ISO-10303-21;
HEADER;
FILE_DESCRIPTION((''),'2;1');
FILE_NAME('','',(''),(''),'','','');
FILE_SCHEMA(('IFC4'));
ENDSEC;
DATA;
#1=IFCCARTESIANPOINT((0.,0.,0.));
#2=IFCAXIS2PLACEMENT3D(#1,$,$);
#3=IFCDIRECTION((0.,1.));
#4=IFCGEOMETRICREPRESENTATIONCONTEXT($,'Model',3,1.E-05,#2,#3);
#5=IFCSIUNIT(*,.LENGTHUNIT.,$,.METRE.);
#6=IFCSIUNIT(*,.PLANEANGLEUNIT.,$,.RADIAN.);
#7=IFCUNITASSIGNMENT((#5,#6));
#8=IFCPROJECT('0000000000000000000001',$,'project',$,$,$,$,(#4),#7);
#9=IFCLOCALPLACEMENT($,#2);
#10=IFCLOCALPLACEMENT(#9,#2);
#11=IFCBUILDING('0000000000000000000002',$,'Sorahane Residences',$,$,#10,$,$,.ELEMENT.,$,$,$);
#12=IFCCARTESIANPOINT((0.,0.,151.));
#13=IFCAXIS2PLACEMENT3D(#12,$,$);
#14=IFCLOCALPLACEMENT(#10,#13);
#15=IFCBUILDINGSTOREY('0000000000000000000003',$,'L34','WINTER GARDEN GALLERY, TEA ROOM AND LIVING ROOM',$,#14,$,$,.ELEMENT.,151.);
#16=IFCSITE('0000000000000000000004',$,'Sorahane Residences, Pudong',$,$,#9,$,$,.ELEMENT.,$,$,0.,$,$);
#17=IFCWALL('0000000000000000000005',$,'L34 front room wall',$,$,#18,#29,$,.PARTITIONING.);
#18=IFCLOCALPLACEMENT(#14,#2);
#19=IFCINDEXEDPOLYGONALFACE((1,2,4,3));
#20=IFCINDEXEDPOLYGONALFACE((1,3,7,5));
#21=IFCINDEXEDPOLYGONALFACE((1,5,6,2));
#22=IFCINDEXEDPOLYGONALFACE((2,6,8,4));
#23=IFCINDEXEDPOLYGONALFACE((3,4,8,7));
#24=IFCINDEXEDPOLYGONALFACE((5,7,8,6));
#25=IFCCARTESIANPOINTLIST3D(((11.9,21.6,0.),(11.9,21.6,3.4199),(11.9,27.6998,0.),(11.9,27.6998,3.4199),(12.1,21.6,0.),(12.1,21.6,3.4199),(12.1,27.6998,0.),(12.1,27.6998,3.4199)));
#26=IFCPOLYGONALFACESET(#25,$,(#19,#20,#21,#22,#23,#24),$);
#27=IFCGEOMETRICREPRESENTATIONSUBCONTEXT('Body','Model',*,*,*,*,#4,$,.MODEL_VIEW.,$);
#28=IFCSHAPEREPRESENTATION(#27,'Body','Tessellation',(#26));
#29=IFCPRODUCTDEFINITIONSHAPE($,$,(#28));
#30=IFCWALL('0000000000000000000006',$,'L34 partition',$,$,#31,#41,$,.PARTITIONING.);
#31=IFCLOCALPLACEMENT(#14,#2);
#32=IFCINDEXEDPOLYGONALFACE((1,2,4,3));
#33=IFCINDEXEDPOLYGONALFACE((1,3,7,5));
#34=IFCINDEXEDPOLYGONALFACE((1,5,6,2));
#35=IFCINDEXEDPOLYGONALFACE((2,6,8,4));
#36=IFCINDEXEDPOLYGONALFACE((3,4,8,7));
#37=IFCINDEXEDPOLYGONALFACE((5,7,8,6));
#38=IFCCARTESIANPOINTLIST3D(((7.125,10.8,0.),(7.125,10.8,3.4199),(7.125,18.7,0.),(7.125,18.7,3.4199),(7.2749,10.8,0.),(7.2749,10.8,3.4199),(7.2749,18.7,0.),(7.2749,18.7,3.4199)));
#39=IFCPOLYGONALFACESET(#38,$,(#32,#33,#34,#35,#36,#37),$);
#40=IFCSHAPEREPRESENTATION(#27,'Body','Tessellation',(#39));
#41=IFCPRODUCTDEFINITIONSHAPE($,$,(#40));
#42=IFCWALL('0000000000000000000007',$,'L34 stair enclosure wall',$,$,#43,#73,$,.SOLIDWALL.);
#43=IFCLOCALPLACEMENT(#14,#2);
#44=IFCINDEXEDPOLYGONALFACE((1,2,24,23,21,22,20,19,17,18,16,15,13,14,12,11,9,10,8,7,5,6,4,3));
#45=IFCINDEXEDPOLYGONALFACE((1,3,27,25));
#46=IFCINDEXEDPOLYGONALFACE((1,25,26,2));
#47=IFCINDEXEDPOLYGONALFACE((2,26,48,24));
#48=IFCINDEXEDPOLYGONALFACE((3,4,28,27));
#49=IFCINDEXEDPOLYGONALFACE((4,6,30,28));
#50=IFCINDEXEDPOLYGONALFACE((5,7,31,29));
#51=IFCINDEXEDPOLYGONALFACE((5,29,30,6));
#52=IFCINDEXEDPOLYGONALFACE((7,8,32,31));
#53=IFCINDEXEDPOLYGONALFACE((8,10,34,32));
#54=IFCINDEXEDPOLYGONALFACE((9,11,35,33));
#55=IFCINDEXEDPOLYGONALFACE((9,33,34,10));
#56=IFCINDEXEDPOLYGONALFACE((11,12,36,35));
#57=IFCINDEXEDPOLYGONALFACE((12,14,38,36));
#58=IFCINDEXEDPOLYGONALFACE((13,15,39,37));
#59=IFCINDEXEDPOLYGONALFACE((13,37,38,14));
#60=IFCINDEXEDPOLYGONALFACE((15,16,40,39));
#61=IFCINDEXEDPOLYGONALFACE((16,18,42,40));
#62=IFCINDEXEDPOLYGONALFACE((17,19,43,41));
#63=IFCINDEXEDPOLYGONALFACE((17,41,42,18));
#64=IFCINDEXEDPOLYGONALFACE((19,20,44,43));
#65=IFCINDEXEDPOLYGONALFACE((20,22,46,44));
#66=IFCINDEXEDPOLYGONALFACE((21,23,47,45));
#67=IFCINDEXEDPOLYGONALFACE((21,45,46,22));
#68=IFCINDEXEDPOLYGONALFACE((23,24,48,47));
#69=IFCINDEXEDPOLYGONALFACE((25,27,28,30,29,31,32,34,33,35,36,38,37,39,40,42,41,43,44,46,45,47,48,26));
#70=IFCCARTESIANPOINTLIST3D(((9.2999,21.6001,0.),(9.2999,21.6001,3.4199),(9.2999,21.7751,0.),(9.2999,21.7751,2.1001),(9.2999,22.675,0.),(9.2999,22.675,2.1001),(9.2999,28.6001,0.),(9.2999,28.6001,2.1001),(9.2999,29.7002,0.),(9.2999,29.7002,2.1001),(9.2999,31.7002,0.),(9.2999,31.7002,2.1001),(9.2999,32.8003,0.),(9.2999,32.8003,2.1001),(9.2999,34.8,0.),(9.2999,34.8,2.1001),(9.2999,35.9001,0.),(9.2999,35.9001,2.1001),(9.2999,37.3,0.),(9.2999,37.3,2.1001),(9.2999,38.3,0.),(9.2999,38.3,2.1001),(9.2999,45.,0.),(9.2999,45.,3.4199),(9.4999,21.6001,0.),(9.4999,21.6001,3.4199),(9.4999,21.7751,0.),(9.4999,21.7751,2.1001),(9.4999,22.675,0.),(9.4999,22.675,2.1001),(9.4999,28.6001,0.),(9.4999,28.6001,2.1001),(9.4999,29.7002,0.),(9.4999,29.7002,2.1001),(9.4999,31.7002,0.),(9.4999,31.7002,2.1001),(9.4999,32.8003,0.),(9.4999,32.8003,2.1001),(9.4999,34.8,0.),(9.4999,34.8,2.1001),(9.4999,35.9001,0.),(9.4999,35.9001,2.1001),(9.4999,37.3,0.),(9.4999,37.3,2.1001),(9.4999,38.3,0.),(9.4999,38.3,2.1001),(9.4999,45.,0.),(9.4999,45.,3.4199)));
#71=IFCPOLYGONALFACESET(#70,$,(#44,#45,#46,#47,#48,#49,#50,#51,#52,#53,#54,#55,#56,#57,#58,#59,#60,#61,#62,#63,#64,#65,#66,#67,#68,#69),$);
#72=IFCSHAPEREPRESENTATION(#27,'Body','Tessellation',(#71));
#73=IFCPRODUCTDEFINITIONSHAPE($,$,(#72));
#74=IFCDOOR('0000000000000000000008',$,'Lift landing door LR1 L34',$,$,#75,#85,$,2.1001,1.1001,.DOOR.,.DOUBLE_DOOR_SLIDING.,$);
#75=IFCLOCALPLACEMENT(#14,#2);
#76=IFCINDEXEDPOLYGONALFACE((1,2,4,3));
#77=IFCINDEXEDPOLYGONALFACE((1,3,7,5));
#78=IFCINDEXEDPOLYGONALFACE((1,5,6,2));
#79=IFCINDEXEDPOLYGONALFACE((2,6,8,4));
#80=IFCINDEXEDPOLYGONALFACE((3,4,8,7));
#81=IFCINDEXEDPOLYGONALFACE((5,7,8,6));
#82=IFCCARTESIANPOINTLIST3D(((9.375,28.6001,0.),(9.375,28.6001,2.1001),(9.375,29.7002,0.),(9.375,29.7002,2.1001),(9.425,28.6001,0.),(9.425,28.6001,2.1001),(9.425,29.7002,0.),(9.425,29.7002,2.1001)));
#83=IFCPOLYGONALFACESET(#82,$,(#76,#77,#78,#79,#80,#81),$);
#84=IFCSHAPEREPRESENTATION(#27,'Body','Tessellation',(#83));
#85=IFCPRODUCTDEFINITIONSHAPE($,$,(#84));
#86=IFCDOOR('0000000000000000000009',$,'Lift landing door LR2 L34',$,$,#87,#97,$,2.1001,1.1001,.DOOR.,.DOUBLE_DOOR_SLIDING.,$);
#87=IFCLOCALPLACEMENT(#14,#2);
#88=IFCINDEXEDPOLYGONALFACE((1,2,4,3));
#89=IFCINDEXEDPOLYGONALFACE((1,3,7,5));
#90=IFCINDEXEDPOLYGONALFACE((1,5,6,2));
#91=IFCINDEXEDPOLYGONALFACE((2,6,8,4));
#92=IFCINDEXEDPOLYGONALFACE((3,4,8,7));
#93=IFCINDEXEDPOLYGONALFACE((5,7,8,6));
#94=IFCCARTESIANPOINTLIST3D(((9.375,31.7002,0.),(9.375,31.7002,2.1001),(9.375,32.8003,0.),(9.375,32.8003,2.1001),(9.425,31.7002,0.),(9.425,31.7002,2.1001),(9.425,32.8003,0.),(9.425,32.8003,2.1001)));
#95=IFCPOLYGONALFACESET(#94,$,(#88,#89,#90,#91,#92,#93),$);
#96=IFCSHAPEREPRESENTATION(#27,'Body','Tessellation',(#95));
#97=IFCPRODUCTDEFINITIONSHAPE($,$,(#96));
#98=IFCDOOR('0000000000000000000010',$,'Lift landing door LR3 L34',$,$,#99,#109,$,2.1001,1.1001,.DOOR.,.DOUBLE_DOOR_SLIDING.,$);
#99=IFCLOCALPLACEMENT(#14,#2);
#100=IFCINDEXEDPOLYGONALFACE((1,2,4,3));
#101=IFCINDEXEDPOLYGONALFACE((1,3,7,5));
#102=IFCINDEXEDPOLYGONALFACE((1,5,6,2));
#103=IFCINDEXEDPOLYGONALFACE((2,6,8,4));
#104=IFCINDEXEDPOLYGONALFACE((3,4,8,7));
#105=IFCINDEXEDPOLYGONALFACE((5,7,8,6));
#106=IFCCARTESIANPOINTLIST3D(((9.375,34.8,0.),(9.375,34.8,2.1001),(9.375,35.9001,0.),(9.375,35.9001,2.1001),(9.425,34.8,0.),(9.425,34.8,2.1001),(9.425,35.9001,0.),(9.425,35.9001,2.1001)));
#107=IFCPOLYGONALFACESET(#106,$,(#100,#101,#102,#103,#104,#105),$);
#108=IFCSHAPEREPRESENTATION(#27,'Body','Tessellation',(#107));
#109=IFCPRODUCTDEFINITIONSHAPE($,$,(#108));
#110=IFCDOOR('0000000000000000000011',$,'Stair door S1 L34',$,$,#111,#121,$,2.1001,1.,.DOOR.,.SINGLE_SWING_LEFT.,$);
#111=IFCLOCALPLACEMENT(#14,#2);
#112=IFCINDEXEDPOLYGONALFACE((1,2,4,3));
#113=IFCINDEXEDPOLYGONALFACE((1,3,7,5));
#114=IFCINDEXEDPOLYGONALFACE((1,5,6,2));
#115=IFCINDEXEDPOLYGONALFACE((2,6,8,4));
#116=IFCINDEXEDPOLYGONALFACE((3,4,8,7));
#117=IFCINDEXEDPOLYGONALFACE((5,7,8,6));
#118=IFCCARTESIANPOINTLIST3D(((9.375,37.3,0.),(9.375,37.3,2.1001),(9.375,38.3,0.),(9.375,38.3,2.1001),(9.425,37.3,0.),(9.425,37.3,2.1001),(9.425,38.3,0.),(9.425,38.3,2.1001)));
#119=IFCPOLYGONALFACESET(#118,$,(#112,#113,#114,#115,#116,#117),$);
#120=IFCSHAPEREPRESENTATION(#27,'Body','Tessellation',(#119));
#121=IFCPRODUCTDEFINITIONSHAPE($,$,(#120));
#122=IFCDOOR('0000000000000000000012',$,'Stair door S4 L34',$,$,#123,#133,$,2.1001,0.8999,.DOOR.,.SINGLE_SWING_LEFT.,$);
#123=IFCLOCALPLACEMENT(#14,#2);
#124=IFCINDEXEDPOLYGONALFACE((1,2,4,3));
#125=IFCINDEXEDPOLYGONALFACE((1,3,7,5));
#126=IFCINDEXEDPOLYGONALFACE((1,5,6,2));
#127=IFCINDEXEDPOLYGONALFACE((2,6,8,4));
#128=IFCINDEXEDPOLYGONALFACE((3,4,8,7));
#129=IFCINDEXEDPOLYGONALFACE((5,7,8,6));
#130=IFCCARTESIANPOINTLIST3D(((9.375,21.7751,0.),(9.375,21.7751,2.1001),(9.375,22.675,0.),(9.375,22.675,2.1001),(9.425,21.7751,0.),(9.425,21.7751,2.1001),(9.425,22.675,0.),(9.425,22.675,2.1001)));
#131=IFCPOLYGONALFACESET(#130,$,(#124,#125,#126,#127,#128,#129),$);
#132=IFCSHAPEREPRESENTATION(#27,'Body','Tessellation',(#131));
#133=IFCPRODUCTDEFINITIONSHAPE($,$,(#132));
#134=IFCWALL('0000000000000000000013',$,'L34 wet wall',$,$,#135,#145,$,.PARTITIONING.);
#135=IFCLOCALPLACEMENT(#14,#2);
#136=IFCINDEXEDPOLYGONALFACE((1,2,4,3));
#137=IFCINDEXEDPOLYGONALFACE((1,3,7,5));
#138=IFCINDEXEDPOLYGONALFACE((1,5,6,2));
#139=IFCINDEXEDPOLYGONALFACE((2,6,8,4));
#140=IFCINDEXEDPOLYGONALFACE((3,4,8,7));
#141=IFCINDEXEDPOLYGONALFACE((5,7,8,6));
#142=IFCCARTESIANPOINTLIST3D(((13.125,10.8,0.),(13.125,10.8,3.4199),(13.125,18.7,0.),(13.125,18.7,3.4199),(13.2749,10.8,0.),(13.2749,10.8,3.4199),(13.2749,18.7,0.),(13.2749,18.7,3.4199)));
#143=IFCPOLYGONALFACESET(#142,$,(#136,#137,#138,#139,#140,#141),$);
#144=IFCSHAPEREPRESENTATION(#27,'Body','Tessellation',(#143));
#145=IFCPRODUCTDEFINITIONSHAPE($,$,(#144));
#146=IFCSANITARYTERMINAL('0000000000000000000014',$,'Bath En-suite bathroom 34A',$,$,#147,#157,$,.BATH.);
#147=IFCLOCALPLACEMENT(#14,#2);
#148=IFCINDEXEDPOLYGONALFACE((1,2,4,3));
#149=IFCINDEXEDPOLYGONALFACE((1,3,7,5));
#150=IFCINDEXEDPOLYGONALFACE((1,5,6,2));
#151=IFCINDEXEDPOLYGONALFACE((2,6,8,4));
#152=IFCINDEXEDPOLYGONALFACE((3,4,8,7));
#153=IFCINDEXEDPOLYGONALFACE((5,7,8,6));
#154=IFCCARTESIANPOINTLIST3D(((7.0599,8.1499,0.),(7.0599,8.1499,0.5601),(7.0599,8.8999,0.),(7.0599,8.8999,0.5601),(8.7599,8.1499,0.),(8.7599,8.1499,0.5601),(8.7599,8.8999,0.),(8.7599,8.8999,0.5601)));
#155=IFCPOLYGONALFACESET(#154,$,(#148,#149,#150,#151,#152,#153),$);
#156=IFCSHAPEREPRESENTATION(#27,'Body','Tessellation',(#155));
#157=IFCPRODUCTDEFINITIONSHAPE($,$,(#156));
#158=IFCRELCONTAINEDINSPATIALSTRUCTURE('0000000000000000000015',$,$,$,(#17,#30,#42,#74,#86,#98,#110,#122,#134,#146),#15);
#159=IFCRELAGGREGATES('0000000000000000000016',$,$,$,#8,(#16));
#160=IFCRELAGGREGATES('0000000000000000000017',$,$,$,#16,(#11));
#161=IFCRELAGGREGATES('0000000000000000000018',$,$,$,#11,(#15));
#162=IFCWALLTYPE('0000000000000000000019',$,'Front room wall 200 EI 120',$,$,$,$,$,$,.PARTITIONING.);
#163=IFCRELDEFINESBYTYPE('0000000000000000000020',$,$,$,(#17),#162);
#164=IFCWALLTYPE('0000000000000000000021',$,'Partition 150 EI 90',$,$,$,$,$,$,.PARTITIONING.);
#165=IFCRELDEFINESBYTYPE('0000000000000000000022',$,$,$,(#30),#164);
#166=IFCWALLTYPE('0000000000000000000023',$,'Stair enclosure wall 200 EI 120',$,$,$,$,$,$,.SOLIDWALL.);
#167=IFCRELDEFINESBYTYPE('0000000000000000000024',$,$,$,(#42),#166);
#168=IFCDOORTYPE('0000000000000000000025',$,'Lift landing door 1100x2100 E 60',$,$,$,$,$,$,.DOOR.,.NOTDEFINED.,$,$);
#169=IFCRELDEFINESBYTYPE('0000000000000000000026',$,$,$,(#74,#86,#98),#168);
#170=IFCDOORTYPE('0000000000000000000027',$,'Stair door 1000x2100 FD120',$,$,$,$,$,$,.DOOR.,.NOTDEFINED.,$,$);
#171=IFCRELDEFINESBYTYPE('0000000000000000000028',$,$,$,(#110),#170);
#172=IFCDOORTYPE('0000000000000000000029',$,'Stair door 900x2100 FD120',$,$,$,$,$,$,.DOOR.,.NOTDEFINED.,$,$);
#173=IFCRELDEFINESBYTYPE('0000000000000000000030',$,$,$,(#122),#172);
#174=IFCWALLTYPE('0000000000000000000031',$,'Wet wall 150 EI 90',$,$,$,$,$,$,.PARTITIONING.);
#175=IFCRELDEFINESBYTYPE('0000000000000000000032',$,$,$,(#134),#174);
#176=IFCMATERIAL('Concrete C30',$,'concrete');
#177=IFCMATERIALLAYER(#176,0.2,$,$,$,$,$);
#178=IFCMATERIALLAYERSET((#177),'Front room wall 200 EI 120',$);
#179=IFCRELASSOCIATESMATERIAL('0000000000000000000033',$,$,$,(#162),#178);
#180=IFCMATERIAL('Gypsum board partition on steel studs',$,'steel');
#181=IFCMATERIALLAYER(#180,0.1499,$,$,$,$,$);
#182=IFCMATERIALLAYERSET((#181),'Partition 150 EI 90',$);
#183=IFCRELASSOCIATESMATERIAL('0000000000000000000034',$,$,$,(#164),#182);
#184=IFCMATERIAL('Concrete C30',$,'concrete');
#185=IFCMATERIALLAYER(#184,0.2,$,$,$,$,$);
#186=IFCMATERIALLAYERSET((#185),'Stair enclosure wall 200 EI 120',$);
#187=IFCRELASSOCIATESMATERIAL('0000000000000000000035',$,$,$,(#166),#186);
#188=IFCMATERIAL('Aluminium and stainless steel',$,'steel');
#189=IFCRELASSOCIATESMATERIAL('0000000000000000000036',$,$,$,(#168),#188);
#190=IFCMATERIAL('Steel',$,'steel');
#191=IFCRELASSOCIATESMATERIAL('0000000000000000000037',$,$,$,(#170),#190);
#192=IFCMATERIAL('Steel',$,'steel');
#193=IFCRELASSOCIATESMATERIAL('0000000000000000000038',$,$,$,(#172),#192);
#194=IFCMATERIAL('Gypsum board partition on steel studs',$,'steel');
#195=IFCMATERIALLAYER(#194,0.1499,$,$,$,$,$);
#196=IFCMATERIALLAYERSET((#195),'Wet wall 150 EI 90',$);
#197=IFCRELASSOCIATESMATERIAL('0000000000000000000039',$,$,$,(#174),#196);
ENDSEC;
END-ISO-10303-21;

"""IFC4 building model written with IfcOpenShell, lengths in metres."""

from ifc_helpers import new_model, si_unit, direction, frame, frame_2d, origin, origin_2d, place, context, subcontext, project, spatial, rectangle, extrude, material, layer, layer_set, type_object, element, fill, save


model = new_model("IFC4")

# Units and contexts
model_context = context("Model", 3, precision=1e-05, world=origin(), true_north=direction((0.0, 1.0)))
body_context = subcontext(model_context, "Body", "Model", "MODEL_VIEW")
ifc_project = project(units=[si_unit("LENGTHUNIT", "METRE"), si_unit("PLANEANGLEUNIT", "RADIAN")], contexts=[model_context])

# Site, building, storey
site_placement = place(None, origin())
site = spatial("IfcSite", under=ifc_project, at=site_placement, Name="Sorahane Residences, Pudong", CompositionType="ELEMENT", RefElevation=0.0)
building_placement = place(site_placement, origin())
building = spatial("IfcBuilding", under=site, at=building_placement, Name="Sorahane Residences", CompositionType="ELEMENT")
storey_placement = place(building_placement, frame((0.0, 0.0, 151.0)))
storey = spatial("IfcBuildingStorey", under=building, at=storey_placement, Name="L34", Description="WINTER GARDEN GALLERY, TEA ROOM AND LIVING ROOM", CompositionType="ELEMENT", Elevation=151.0)

# Walls
ifc_material_1 = material(Name="Concrete C30", Category="concrete")
ifc_layer_1 = layer(ifc_material_1, 0.2)
ifc_layer_set_1 = layer_set([ifc_layer_1], Name="Front room wall 200 EI 120")
wall_type_1 = type_object("IfcWallType", Name="Front room wall 200 EI 120", PredefinedType="PARTITIONING", material=ifc_layer_set_1)
wall_1_placement = place(storey_placement, frame((12.0, 21.6001, 0.0), z_axis=(0.0, 0.0, 1.0), x_axis=(0.0, 1.0, 0.0)))
element("IfcWall", 1, at=wall_1_placement, inside=storey, type_object=wall_type_1, Name="L34 front room wall", PredefinedType="PARTITIONING", context=body_context, shape_type="SweptSolid", body=[
    extrude(rectangle(XDim=6.0999, YDim=0.2, at=frame_2d((3.0498, 0.0))), origin(), (0.0, 0.0, 1.0), 3.4199),
])
ifc_material_2 = material(Name="Gypsum board partition on steel studs", Category="steel")
ifc_layer_2 = layer(ifc_material_2, 0.1499)
ifc_layer_set_2 = layer_set([ifc_layer_2], Name="Partition 150 EI 90")
wall_type_2 = type_object("IfcWallType", Name="Partition 150 EI 90", PredefinedType="PARTITIONING", material=ifc_layer_set_2)
wall_2_placement = place(storey_placement, frame((7.2, 10.8, 0.0), z_axis=(0.0, 0.0, 1.0), x_axis=(0.0, 1.0, 0.0)))
element("IfcWall", 2, at=wall_2_placement, inside=storey, type_object=wall_type_2, Name="L34 partition", PredefinedType="PARTITIONING", context=body_context, shape_type="SweptSolid", body=[
    extrude(rectangle(XDim=7.8999, YDim=0.1499, at=frame_2d((3.95, 0.0))), origin(), (0.0, 0.0, 1.0), 3.4199),
])

# Wall, openings, doors
ifc_material_3 = material(Name="Concrete C30", Category="concrete")
ifc_layer_3 = layer(ifc_material_3, 0.2)
ifc_layer_set_3 = layer_set([ifc_layer_3], Name="Stair enclosure wall 200 EI 120")
wall_type_3 = type_object("IfcWallType", Name="Stair enclosure wall 200 EI 120", PredefinedType="SOLIDWALL", material=ifc_layer_set_3)
wall_3_placement = place(storey_placement, frame((9.3999, 21.6001, 0.0), z_axis=(0.0, 0.0, 1.0), x_axis=(0.0, 1.0, 0.0)))
wall_3 = element("IfcWall", 3, at=wall_3_placement, inside=storey, type_object=wall_type_3, Name="L34 stair enclosure wall", PredefinedType="SOLIDWALL", context=body_context, shape_type="SweptSolid", body=[
    extrude(rectangle(XDim=23.3999, YDim=0.2, at=frame_2d((11.7, 0.0))), origin(), (0.0, 0.0, 1.0), 3.4199),
])
opening_1_placement = place(wall_3_placement, frame((7.0, 0.0, 0.0)))
opening_1 = element("IfcOpeningElement", 4, at=opening_1_placement, cuts=wall_3, PredefinedType="OPENING", context=body_context, shape_type="SweptSolid", body=[
    extrude(rectangle(XDim=1.1001, YDim=2.1001, at=frame_2d((0.55, 1.05))), frame((0.0, 0.1099, 0.0), z_axis=(0.0, -1.0, 0.0), x_axis=(1.0, 0.0, 0.0)), (0.0, 0.0, 1.0), 0.22),
])
opening_2_placement = place(wall_3_placement, frame((10.1001, 0.0, 0.0)))
opening_2 = element("IfcOpeningElement", 5, at=opening_2_placement, cuts=wall_3, PredefinedType="OPENING", context=body_context, shape_type="SweptSolid", body=[
    extrude(rectangle(XDim=1.1001, YDim=2.1001, at=frame_2d((0.55, 1.05))), frame((0.0, 0.1099, 0.0), z_axis=(0.0, -1.0, 0.0), x_axis=(1.0, 0.0, 0.0)), (0.0, 0.0, 1.0), 0.22),
])
opening_3_placement = place(wall_3_placement, frame((13.2, 0.0, 0.0)))
opening_3 = element("IfcOpeningElement", 6, at=opening_3_placement, cuts=wall_3, PredefinedType="OPENING", context=body_context, shape_type="SweptSolid", body=[
    extrude(rectangle(XDim=1.1001, YDim=2.1001, at=frame_2d((0.55, 1.05))), frame((0.0, 0.1099, 0.0), z_axis=(0.0, -1.0, 0.0), x_axis=(1.0, 0.0, 0.0)), (0.0, 0.0, 1.0), 0.22),
])
opening_4_placement = place(wall_3_placement, frame((15.7, 0.0, 0.0)))
opening_4 = element("IfcOpeningElement", 7, at=opening_4_placement, cuts=wall_3, PredefinedType="OPENING", context=body_context, shape_type="SweptSolid", body=[
    extrude(rectangle(XDim=1.0, YDim=2.1001, at=frame_2d((0.5, 1.05))), frame((0.0, 0.1099, 0.0), z_axis=(0.0, -1.0, 0.0), x_axis=(1.0, 0.0, 0.0)), (0.0, 0.0, 1.0), 0.22),
])
opening_5_placement = place(wall_3_placement, frame((0.175, 0.0, 0.0)))
opening_5 = element("IfcOpeningElement", 8, at=opening_5_placement, cuts=wall_3, PredefinedType="OPENING", context=body_context, shape_type="SweptSolid", body=[
    extrude(rectangle(XDim=0.8999, YDim=2.1001, at=frame_2d((0.45, 1.05))), frame((0.0, 0.1099, 0.0), z_axis=(0.0, -1.0, 0.0), x_axis=(1.0, 0.0, 0.0)), (0.0, 0.0, 1.0), 0.22),
])
ifc_material_4 = material(Name="Aluminium and stainless steel", Category="steel")
door_type_1 = type_object("IfcDoorType", Name="Lift landing door 1100x2100 E 60", OperationType="NOTDEFINED", PredefinedType="DOOR", material=ifc_material_4)
door_1_placement = place(opening_1_placement, origin())
door_1 = element("IfcDoor", 9, at=door_1_placement, inside=storey, type_object=door_type_1, Name="Lift landing door LR1 L34", OperationType="DOUBLE_DOOR_SLIDING", OverallHeight=2.1001, OverallWidth=1.1001, PredefinedType="DOOR", context=body_context, shape_type="SweptSolid", body=[
    extrude(rectangle(XDim=1.1001, YDim=2.1001, at=frame_2d((0.55, 1.05))), frame((0.0, 0.0249, 0.0), z_axis=(0.0, -1.0, 0.0), x_axis=(1.0, 0.0, 0.0)), (0.0, 0.0, 1.0), 0.05),
])
fill(opening_1, door_1)
door_2_placement = place(opening_2_placement, origin())
door_2 = element("IfcDoor", 10, at=door_2_placement, inside=storey, type_object=door_type_1, Name="Lift landing door LR2 L34", OperationType="DOUBLE_DOOR_SLIDING", OverallHeight=2.1001, OverallWidth=1.1001, PredefinedType="DOOR", context=body_context, shape_type="SweptSolid", body=[
    extrude(rectangle(XDim=1.1001, YDim=2.1001, at=frame_2d((0.55, 1.05))), frame((0.0, 0.0249, 0.0), z_axis=(0.0, -1.0, 0.0), x_axis=(1.0, 0.0, 0.0)), (0.0, 0.0, 1.0), 0.05),
])
fill(opening_2, door_2)
door_3_placement = place(opening_3_placement, origin())
door_3 = element("IfcDoor", 11, at=door_3_placement, inside=storey, type_object=door_type_1, Name="Lift landing door LR3 L34", OperationType="DOUBLE_DOOR_SLIDING", OverallHeight=2.1001, OverallWidth=1.1001, PredefinedType="DOOR", context=body_context, shape_type="SweptSolid", body=[
    extrude(rectangle(XDim=1.1001, YDim=2.1001, at=frame_2d((0.55, 1.05))), frame((0.0, 0.0249, 0.0), z_axis=(0.0, -1.0, 0.0), x_axis=(1.0, 0.0, 0.0)), (0.0, 0.0, 1.0), 0.05),
])
fill(opening_3, door_3)
ifc_material_5 = material(Name="Steel", Category="steel")
door_type_2 = type_object("IfcDoorType", Name="Stair door 1000x2100 FD120", OperationType="NOTDEFINED", PredefinedType="DOOR", material=ifc_material_5)
door_4_placement = place(opening_4_placement, origin())
door_4 = element("IfcDoor", 12, at=door_4_placement, inside=storey, type_object=door_type_2, Name="Stair door S1 L34", OperationType="SINGLE_SWING_LEFT", OverallHeight=2.1001, OverallWidth=1.0, PredefinedType="DOOR", context=body_context, shape_type="SweptSolid", body=[
    extrude(rectangle(XDim=1.0, YDim=2.1001, at=frame_2d((0.5, 1.05))), frame((0.0, 0.0249, 0.0), z_axis=(0.0, -1.0, 0.0), x_axis=(1.0, 0.0, 0.0)), (0.0, 0.0, 1.0), 0.05),
])
fill(opening_4, door_4)
ifc_material_6 = material(Name="Steel", Category="steel")
door_type_3 = type_object("IfcDoorType", Name="Stair door 900x2100 FD120", OperationType="NOTDEFINED", PredefinedType="DOOR", material=ifc_material_6)
door_5_placement = place(opening_5_placement, origin())
door_5 = element("IfcDoor", 13, at=door_5_placement, inside=storey, type_object=door_type_3, Name="Stair door S4 L34", OperationType="SINGLE_SWING_LEFT", OverallHeight=2.1001, OverallWidth=0.8999, PredefinedType="DOOR", context=body_context, shape_type="SweptSolid", body=[
    extrude(rectangle(XDim=0.8999, YDim=2.1001, at=frame_2d((0.45, 1.05))), frame((0.0, 0.0249, 0.0), z_axis=(0.0, -1.0, 0.0), x_axis=(1.0, 0.0, 0.0)), (0.0, 0.0, 1.0), 0.05),
])
fill(opening_5, door_5)

# Wall
ifc_material_7 = material(Name="Gypsum board partition on steel studs", Category="steel")
ifc_layer_4 = layer(ifc_material_7, 0.1499)
ifc_layer_set_4 = layer_set([ifc_layer_4], Name="Wet wall 150 EI 90")
wall_type_4 = type_object("IfcWallType", Name="Wet wall 150 EI 90", PredefinedType="PARTITIONING", material=ifc_layer_set_4)
wall_4_placement = place(storey_placement, frame((13.2, 10.8, 0.0), z_axis=(0.0, 0.0, 1.0), x_axis=(0.0, 1.0, 0.0)))
element("IfcWall", 14, at=wall_4_placement, inside=storey, type_object=wall_type_4, Name="L34 wet wall", PredefinedType="PARTITIONING", context=body_context, shape_type="SweptSolid", body=[
    extrude(rectangle(XDim=7.8999, YDim=0.1499, at=frame_2d((3.95, 0.0))), origin(), (0.0, 0.0, 1.0), 3.4199),
])

# Sanitary terminal
sanitary_terminal_1_placement = place(storey_placement, frame((7.9099, 8.5249, 0.0), z_axis=(0.0, 0.0, 1.0), x_axis=(1.0, 0.0, 0.0)))
element("IfcSanitaryTerminal", 15, at=sanitary_terminal_1_placement, inside=storey, Name="Bath En-suite bathroom 34A", PredefinedType="BATH", context=body_context, shape_type="SweptSolid", body=[
    extrude(rectangle(XDim=1.7, YDim=0.75, at=origin_2d()), origin(), (0.0, 0.0, 1.0), 0.5601),
])

save(model, "model.ifc")
